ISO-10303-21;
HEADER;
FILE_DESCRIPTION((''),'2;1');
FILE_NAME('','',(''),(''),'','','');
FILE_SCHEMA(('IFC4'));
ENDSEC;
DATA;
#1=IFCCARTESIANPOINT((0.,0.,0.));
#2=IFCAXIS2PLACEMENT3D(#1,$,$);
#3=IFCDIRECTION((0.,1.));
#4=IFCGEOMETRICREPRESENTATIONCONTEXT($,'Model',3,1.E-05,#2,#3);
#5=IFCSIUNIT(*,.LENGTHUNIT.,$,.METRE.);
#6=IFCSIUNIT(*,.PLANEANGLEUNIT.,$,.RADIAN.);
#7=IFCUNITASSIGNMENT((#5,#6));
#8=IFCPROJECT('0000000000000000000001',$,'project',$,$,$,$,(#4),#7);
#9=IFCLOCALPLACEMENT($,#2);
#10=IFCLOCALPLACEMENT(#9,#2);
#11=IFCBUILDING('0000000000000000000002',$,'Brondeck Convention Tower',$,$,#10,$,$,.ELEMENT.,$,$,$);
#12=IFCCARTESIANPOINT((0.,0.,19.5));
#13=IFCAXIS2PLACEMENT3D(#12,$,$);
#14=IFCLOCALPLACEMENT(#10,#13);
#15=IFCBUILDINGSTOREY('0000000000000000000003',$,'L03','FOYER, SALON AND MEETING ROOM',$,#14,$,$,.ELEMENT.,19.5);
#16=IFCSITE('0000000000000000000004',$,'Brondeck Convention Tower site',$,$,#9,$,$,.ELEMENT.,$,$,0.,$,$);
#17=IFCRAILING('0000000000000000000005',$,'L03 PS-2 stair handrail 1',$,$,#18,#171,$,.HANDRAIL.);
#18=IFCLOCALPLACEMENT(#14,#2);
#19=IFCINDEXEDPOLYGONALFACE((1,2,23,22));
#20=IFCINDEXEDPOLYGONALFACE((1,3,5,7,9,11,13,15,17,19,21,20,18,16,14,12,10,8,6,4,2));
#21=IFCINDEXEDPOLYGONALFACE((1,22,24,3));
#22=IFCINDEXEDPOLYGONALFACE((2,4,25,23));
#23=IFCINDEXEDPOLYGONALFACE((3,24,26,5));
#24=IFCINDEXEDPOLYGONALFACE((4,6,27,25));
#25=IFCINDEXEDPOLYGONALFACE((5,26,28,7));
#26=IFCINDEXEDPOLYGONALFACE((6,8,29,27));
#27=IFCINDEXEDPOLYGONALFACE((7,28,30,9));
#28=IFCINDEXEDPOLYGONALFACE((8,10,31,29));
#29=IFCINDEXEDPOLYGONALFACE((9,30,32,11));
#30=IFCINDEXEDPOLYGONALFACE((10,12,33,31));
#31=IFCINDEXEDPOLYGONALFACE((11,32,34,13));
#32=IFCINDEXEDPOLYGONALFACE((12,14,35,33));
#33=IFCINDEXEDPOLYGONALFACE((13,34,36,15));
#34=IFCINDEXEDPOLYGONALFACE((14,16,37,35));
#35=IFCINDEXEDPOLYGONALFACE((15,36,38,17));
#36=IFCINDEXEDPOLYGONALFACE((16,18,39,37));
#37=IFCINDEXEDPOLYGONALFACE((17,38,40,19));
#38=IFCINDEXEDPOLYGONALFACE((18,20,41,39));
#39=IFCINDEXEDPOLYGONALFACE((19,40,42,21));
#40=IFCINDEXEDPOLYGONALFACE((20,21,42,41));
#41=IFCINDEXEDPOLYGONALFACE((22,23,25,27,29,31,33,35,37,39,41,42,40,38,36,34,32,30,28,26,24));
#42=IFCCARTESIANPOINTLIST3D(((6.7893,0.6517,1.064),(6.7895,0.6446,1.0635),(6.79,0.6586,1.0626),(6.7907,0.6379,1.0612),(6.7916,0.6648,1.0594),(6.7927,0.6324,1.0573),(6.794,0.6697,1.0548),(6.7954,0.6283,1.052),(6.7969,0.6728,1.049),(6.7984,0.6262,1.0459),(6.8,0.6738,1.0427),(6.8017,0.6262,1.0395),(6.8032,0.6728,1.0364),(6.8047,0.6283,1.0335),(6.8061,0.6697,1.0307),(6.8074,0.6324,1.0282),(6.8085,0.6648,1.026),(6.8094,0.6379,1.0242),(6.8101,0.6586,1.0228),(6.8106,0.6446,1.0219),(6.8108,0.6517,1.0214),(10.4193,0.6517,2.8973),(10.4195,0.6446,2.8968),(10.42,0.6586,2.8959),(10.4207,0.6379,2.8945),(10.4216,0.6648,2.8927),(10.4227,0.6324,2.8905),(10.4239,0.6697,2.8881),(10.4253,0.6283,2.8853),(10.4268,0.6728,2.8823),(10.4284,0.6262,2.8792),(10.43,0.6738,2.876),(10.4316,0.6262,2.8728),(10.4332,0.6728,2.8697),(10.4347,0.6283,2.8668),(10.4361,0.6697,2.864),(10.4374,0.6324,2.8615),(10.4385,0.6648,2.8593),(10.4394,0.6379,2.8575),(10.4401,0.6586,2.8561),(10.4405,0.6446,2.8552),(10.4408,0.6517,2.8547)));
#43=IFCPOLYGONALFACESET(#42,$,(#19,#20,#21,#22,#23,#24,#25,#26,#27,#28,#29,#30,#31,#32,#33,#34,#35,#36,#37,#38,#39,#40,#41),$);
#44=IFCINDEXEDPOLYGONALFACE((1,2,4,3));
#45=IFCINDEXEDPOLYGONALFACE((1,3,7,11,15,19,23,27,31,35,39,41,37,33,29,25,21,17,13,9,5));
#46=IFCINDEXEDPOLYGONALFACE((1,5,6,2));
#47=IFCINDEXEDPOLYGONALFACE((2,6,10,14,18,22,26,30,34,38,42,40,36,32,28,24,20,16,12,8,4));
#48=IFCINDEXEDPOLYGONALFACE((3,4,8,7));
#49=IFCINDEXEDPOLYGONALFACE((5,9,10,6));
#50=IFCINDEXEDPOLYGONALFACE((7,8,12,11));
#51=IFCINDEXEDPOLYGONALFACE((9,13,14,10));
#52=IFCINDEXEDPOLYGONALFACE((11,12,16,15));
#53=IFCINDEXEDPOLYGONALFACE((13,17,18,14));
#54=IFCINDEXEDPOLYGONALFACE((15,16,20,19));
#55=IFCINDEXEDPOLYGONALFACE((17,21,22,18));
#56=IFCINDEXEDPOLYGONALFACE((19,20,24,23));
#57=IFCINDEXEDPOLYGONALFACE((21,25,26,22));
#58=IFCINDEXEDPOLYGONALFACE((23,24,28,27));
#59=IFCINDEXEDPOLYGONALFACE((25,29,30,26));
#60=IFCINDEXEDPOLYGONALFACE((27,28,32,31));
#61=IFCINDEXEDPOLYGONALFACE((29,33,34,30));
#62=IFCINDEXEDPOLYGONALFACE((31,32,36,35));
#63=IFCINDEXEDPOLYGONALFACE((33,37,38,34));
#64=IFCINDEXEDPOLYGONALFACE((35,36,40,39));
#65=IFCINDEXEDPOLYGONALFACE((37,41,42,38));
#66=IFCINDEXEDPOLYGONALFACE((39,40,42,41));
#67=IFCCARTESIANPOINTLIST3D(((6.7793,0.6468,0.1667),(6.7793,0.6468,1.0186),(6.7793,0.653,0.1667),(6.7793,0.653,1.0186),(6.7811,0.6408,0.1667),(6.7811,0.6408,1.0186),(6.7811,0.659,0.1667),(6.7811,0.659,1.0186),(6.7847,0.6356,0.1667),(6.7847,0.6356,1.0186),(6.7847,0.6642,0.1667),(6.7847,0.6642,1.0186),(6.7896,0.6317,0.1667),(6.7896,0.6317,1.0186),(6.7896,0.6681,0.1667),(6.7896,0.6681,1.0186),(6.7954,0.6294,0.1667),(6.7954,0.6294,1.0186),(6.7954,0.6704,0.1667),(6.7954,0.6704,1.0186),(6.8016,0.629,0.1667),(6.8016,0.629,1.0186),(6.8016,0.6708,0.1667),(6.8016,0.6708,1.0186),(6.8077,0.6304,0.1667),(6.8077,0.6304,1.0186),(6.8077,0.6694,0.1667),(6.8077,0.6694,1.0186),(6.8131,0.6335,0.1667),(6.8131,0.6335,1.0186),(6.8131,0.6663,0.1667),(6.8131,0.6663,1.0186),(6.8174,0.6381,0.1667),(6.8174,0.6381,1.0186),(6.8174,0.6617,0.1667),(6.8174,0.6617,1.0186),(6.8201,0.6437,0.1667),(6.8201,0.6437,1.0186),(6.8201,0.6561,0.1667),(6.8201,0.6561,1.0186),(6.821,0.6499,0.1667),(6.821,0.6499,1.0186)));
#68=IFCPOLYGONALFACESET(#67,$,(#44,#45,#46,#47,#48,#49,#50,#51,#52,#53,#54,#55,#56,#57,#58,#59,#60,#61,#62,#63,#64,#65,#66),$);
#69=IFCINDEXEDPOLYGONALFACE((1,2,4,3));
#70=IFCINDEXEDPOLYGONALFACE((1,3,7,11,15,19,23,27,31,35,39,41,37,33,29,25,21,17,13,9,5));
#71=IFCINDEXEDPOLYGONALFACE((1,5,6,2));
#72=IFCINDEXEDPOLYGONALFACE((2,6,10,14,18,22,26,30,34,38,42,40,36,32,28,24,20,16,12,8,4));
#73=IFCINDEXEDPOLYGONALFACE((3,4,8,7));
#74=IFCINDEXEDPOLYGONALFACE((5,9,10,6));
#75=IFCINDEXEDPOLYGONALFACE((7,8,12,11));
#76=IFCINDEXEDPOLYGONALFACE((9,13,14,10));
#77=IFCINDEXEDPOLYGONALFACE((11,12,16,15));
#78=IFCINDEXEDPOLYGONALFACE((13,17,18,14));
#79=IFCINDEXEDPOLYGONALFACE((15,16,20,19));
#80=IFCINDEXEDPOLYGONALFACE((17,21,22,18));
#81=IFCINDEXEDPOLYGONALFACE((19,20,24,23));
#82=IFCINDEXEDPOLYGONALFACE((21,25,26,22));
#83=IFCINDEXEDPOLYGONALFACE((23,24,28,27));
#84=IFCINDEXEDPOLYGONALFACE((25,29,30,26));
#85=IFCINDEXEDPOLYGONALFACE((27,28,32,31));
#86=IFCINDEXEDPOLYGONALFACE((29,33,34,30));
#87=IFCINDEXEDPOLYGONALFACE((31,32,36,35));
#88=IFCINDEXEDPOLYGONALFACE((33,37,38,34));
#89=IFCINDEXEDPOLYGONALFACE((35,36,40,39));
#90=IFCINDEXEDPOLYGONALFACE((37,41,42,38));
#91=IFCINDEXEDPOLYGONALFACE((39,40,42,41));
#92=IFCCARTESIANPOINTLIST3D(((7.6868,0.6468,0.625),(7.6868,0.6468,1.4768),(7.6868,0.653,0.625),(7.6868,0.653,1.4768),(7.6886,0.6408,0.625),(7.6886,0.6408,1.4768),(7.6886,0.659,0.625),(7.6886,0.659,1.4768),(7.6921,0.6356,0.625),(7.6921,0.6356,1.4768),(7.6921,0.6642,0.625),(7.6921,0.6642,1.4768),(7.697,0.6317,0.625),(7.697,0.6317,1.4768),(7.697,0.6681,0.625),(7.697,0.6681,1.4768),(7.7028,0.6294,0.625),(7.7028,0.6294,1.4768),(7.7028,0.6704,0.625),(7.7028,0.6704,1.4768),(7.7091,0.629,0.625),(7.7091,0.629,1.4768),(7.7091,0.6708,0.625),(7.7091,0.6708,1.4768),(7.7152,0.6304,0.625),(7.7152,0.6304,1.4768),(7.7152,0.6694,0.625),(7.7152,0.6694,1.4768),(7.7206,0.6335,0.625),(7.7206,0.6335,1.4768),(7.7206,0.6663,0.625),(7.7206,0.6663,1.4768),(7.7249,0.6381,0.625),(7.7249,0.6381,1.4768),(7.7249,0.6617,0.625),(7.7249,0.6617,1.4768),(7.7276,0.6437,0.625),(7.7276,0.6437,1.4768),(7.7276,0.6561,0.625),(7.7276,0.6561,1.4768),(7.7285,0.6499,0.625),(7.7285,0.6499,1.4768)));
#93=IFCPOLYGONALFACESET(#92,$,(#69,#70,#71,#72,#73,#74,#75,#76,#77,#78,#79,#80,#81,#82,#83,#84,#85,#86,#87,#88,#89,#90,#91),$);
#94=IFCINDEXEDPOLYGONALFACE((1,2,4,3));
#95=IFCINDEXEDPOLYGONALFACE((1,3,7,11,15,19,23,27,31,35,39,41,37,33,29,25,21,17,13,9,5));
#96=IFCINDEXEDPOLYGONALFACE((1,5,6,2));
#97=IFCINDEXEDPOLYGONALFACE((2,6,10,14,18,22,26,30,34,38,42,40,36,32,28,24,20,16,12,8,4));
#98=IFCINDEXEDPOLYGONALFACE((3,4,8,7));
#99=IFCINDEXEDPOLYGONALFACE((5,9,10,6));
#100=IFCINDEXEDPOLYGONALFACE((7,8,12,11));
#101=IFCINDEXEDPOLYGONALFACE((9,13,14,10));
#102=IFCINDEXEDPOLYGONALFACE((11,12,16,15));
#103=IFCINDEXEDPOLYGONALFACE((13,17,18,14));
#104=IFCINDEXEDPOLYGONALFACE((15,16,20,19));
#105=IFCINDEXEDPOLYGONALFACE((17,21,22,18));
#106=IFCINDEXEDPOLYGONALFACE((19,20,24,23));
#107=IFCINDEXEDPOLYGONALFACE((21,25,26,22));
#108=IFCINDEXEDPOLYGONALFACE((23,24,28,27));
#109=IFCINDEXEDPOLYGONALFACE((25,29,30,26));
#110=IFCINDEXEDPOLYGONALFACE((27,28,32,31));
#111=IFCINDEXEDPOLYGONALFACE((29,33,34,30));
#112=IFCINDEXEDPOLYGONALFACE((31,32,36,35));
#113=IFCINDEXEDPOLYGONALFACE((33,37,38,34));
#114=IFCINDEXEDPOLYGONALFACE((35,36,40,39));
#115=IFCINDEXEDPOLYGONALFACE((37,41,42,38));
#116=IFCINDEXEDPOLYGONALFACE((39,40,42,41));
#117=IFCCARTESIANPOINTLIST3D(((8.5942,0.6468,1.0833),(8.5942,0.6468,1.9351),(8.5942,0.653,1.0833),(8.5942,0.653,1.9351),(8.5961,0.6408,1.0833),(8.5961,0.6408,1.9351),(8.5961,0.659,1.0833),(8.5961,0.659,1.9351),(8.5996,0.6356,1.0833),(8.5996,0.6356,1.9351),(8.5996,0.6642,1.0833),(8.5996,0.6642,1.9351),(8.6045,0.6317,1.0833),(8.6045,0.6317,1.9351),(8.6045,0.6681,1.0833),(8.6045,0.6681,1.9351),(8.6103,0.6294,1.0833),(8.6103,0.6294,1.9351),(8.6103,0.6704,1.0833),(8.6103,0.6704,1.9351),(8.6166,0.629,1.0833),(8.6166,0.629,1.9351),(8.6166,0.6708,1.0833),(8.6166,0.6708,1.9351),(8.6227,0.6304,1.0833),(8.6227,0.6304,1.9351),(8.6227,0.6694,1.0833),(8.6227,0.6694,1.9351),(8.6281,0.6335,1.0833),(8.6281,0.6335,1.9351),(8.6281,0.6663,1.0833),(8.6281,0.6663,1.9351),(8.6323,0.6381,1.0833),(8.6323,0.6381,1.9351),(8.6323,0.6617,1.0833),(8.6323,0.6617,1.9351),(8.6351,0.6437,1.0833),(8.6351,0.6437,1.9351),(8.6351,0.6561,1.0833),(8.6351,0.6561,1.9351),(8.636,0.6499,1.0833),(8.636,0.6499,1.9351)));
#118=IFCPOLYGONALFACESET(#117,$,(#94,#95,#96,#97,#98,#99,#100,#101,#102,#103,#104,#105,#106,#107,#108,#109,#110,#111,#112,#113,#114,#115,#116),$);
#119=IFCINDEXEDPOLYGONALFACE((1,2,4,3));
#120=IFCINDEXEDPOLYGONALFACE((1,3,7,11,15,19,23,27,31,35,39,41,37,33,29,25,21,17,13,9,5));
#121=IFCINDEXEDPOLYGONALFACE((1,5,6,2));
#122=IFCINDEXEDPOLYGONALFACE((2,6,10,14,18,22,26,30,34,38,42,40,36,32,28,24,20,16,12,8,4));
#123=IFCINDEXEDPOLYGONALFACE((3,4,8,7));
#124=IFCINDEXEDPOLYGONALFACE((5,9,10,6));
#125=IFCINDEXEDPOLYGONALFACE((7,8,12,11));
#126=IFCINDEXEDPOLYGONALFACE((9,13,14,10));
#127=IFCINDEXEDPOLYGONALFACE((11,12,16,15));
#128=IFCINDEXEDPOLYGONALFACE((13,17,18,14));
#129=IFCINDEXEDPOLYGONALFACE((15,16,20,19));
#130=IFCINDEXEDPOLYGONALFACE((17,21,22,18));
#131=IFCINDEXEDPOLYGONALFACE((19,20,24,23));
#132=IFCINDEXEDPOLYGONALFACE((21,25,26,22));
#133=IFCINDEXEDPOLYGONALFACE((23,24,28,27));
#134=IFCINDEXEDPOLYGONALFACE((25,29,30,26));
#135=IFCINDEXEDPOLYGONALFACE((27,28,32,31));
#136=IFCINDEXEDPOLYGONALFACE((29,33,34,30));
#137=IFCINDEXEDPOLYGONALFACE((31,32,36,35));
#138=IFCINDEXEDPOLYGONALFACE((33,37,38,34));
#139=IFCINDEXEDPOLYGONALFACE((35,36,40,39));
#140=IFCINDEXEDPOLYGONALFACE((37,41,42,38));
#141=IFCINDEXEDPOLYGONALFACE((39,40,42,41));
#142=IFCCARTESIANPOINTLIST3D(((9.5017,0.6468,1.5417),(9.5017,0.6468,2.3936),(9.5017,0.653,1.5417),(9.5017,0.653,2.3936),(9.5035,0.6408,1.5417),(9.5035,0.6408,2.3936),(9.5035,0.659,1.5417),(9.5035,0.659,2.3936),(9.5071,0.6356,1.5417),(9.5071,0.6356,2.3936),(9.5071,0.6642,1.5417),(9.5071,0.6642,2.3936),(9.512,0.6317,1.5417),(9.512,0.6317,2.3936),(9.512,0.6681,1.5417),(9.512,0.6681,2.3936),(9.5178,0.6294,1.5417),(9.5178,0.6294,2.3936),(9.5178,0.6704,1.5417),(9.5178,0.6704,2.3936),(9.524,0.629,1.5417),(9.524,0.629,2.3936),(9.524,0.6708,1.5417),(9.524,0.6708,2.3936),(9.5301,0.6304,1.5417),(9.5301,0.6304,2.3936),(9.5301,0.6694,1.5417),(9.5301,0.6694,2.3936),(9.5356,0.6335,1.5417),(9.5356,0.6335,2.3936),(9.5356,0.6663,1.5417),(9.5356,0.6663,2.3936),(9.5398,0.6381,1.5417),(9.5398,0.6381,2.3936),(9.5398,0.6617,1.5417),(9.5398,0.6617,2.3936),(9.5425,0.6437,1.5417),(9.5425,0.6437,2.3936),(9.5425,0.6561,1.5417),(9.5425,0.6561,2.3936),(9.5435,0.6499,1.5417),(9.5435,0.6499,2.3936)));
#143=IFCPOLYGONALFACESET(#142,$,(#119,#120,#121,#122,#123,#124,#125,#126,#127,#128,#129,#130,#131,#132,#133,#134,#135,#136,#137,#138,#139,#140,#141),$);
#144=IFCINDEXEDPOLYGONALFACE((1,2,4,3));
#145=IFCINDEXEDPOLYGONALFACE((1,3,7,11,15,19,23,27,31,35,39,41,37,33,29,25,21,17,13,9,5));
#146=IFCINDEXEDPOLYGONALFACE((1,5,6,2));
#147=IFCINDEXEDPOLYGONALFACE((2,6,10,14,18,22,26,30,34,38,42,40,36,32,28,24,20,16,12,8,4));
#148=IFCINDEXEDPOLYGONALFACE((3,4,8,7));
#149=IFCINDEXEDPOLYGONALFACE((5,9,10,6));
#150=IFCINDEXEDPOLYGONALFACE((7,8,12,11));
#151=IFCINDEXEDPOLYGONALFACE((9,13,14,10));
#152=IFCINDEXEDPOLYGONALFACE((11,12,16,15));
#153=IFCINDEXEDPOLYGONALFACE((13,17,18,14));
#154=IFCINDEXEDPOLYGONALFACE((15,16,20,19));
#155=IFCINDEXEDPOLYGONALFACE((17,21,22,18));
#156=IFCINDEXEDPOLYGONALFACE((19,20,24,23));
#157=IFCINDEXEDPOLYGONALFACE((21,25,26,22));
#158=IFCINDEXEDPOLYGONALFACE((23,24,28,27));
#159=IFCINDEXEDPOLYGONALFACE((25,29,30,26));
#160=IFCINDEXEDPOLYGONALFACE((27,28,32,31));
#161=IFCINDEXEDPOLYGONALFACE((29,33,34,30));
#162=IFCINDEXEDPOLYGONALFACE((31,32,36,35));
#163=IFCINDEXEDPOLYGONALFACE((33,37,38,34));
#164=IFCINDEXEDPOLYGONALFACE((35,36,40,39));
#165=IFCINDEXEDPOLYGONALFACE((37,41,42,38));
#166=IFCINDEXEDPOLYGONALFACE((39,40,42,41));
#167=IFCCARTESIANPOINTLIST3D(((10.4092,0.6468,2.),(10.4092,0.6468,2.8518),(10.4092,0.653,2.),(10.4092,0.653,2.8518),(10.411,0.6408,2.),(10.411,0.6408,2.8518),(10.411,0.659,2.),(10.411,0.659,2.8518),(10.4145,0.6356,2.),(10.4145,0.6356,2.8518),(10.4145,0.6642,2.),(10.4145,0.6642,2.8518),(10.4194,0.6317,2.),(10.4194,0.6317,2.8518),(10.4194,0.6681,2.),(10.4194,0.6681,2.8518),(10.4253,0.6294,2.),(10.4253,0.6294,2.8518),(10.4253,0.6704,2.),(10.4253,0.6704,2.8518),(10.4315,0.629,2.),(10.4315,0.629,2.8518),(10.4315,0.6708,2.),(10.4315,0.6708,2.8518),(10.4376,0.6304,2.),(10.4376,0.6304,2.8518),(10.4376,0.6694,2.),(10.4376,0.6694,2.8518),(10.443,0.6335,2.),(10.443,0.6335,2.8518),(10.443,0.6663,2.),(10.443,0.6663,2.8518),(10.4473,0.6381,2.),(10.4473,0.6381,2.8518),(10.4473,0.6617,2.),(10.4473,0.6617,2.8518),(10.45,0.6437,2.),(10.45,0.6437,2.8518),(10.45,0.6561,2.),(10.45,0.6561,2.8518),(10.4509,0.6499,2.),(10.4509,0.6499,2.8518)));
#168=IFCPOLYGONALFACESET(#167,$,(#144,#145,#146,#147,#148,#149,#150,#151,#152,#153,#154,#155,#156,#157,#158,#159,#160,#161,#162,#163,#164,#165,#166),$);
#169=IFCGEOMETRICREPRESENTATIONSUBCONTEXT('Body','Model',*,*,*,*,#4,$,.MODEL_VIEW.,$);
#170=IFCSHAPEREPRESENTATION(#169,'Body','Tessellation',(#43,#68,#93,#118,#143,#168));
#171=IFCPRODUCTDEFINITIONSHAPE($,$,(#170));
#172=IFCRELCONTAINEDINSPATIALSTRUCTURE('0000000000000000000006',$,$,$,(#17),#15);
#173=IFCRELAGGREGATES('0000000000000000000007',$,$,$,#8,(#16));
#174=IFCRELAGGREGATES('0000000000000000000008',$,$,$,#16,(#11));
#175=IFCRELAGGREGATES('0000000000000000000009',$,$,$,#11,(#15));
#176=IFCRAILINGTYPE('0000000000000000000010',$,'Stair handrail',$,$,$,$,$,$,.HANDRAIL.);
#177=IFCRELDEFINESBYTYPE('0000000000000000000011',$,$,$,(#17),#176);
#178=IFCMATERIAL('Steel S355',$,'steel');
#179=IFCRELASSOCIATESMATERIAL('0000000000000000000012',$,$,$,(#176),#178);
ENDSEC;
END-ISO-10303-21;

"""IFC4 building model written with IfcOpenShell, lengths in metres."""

from ifc_helpers import new_model, si_unit, direction, frame, origin, origin_2d, place, context, subcontext, project, spatial, circle, extrude, material, type_object, element, save


model = new_model("IFC4")

# Units and contexts
model_context = context("Model", 3, precision=1e-05, world=origin(), true_north=direction((0.0, 1.0)))
body_context = subcontext(model_context, "Body", "Model", "MODEL_VIEW")
ifc_project = project(units=[si_unit("LENGTHUNIT", "METRE"), si_unit("PLANEANGLEUNIT", "RADIAN")], contexts=[model_context])

# Site, building, storey
site_placement = place(None, origin())
site = spatial("IfcSite", under=ifc_project, at=site_placement, Name="Brondeck Convention Tower site", CompositionType="ELEMENT", RefElevation=0.0)
building_placement = place(site_placement, origin())
building = spatial("IfcBuilding", under=site, at=building_placement, Name="Brondeck Convention Tower", CompositionType="ELEMENT")
storey_placement = place(building_placement, frame((0.0, 0.0, 19.5)))
storey = spatial("IfcBuildingStorey", under=building, at=storey_placement, Name="L03", Description="FOYER, SALON AND MEETING ROOM", CompositionType="ELEMENT", Elevation=19.5)

# Railing
ifc_material_1 = material(Name="Steel S355", Category="steel")
railing_type_1 = type_object("IfcRailingType", Name="Stair handrail", PredefinedType="HANDRAIL", material=ifc_material_1)
railing_1_placement = place(storey_placement, frame((6.8, 0.6499, 0.1667)))
element("IfcRailing", 1, at=railing_1_placement, inside=storey, type_object=railing_type_1, Name="L03 PS-2 stair handrail 1", PredefinedType="HANDRAIL", context=body_context, shape_type="SweptSolid", body=[
    extrude(circle(Radius=0.0239, at=origin_2d()), frame((0.0, 0.0, 0.876), z_axis=(0.892619, 0.0, 0.450812), x_axis=(0.0, 1.0, 0.0)), (0.0, 0.0, 1.0), 4.0667),
    extrude(circle(Radius=0.021, at=origin_2d()), origin(), (0.0, 0.0, 1.0), 0.8518),
    extrude(circle(Radius=0.021, at=origin_2d()), frame((0.9075, 0.0, 0.4583)), (0.0, 0.0, 1.0), 0.8518),
    extrude(circle(Radius=0.021, at=origin_2d()), frame((1.8149, 0.0, 0.9165)), (0.0, 0.0, 1.0), 0.8518),
    extrude(circle(Radius=0.021, at=origin_2d()), frame((2.7224, 0.0, 1.375)), (0.0, 0.0, 1.0), 0.8518),
    extrude(circle(Radius=0.021, at=origin_2d()), frame((3.6299, 0.0, 1.8333)), (0.0, 0.0, 1.0), 0.8518),
])

save(model, "model.ifc")
